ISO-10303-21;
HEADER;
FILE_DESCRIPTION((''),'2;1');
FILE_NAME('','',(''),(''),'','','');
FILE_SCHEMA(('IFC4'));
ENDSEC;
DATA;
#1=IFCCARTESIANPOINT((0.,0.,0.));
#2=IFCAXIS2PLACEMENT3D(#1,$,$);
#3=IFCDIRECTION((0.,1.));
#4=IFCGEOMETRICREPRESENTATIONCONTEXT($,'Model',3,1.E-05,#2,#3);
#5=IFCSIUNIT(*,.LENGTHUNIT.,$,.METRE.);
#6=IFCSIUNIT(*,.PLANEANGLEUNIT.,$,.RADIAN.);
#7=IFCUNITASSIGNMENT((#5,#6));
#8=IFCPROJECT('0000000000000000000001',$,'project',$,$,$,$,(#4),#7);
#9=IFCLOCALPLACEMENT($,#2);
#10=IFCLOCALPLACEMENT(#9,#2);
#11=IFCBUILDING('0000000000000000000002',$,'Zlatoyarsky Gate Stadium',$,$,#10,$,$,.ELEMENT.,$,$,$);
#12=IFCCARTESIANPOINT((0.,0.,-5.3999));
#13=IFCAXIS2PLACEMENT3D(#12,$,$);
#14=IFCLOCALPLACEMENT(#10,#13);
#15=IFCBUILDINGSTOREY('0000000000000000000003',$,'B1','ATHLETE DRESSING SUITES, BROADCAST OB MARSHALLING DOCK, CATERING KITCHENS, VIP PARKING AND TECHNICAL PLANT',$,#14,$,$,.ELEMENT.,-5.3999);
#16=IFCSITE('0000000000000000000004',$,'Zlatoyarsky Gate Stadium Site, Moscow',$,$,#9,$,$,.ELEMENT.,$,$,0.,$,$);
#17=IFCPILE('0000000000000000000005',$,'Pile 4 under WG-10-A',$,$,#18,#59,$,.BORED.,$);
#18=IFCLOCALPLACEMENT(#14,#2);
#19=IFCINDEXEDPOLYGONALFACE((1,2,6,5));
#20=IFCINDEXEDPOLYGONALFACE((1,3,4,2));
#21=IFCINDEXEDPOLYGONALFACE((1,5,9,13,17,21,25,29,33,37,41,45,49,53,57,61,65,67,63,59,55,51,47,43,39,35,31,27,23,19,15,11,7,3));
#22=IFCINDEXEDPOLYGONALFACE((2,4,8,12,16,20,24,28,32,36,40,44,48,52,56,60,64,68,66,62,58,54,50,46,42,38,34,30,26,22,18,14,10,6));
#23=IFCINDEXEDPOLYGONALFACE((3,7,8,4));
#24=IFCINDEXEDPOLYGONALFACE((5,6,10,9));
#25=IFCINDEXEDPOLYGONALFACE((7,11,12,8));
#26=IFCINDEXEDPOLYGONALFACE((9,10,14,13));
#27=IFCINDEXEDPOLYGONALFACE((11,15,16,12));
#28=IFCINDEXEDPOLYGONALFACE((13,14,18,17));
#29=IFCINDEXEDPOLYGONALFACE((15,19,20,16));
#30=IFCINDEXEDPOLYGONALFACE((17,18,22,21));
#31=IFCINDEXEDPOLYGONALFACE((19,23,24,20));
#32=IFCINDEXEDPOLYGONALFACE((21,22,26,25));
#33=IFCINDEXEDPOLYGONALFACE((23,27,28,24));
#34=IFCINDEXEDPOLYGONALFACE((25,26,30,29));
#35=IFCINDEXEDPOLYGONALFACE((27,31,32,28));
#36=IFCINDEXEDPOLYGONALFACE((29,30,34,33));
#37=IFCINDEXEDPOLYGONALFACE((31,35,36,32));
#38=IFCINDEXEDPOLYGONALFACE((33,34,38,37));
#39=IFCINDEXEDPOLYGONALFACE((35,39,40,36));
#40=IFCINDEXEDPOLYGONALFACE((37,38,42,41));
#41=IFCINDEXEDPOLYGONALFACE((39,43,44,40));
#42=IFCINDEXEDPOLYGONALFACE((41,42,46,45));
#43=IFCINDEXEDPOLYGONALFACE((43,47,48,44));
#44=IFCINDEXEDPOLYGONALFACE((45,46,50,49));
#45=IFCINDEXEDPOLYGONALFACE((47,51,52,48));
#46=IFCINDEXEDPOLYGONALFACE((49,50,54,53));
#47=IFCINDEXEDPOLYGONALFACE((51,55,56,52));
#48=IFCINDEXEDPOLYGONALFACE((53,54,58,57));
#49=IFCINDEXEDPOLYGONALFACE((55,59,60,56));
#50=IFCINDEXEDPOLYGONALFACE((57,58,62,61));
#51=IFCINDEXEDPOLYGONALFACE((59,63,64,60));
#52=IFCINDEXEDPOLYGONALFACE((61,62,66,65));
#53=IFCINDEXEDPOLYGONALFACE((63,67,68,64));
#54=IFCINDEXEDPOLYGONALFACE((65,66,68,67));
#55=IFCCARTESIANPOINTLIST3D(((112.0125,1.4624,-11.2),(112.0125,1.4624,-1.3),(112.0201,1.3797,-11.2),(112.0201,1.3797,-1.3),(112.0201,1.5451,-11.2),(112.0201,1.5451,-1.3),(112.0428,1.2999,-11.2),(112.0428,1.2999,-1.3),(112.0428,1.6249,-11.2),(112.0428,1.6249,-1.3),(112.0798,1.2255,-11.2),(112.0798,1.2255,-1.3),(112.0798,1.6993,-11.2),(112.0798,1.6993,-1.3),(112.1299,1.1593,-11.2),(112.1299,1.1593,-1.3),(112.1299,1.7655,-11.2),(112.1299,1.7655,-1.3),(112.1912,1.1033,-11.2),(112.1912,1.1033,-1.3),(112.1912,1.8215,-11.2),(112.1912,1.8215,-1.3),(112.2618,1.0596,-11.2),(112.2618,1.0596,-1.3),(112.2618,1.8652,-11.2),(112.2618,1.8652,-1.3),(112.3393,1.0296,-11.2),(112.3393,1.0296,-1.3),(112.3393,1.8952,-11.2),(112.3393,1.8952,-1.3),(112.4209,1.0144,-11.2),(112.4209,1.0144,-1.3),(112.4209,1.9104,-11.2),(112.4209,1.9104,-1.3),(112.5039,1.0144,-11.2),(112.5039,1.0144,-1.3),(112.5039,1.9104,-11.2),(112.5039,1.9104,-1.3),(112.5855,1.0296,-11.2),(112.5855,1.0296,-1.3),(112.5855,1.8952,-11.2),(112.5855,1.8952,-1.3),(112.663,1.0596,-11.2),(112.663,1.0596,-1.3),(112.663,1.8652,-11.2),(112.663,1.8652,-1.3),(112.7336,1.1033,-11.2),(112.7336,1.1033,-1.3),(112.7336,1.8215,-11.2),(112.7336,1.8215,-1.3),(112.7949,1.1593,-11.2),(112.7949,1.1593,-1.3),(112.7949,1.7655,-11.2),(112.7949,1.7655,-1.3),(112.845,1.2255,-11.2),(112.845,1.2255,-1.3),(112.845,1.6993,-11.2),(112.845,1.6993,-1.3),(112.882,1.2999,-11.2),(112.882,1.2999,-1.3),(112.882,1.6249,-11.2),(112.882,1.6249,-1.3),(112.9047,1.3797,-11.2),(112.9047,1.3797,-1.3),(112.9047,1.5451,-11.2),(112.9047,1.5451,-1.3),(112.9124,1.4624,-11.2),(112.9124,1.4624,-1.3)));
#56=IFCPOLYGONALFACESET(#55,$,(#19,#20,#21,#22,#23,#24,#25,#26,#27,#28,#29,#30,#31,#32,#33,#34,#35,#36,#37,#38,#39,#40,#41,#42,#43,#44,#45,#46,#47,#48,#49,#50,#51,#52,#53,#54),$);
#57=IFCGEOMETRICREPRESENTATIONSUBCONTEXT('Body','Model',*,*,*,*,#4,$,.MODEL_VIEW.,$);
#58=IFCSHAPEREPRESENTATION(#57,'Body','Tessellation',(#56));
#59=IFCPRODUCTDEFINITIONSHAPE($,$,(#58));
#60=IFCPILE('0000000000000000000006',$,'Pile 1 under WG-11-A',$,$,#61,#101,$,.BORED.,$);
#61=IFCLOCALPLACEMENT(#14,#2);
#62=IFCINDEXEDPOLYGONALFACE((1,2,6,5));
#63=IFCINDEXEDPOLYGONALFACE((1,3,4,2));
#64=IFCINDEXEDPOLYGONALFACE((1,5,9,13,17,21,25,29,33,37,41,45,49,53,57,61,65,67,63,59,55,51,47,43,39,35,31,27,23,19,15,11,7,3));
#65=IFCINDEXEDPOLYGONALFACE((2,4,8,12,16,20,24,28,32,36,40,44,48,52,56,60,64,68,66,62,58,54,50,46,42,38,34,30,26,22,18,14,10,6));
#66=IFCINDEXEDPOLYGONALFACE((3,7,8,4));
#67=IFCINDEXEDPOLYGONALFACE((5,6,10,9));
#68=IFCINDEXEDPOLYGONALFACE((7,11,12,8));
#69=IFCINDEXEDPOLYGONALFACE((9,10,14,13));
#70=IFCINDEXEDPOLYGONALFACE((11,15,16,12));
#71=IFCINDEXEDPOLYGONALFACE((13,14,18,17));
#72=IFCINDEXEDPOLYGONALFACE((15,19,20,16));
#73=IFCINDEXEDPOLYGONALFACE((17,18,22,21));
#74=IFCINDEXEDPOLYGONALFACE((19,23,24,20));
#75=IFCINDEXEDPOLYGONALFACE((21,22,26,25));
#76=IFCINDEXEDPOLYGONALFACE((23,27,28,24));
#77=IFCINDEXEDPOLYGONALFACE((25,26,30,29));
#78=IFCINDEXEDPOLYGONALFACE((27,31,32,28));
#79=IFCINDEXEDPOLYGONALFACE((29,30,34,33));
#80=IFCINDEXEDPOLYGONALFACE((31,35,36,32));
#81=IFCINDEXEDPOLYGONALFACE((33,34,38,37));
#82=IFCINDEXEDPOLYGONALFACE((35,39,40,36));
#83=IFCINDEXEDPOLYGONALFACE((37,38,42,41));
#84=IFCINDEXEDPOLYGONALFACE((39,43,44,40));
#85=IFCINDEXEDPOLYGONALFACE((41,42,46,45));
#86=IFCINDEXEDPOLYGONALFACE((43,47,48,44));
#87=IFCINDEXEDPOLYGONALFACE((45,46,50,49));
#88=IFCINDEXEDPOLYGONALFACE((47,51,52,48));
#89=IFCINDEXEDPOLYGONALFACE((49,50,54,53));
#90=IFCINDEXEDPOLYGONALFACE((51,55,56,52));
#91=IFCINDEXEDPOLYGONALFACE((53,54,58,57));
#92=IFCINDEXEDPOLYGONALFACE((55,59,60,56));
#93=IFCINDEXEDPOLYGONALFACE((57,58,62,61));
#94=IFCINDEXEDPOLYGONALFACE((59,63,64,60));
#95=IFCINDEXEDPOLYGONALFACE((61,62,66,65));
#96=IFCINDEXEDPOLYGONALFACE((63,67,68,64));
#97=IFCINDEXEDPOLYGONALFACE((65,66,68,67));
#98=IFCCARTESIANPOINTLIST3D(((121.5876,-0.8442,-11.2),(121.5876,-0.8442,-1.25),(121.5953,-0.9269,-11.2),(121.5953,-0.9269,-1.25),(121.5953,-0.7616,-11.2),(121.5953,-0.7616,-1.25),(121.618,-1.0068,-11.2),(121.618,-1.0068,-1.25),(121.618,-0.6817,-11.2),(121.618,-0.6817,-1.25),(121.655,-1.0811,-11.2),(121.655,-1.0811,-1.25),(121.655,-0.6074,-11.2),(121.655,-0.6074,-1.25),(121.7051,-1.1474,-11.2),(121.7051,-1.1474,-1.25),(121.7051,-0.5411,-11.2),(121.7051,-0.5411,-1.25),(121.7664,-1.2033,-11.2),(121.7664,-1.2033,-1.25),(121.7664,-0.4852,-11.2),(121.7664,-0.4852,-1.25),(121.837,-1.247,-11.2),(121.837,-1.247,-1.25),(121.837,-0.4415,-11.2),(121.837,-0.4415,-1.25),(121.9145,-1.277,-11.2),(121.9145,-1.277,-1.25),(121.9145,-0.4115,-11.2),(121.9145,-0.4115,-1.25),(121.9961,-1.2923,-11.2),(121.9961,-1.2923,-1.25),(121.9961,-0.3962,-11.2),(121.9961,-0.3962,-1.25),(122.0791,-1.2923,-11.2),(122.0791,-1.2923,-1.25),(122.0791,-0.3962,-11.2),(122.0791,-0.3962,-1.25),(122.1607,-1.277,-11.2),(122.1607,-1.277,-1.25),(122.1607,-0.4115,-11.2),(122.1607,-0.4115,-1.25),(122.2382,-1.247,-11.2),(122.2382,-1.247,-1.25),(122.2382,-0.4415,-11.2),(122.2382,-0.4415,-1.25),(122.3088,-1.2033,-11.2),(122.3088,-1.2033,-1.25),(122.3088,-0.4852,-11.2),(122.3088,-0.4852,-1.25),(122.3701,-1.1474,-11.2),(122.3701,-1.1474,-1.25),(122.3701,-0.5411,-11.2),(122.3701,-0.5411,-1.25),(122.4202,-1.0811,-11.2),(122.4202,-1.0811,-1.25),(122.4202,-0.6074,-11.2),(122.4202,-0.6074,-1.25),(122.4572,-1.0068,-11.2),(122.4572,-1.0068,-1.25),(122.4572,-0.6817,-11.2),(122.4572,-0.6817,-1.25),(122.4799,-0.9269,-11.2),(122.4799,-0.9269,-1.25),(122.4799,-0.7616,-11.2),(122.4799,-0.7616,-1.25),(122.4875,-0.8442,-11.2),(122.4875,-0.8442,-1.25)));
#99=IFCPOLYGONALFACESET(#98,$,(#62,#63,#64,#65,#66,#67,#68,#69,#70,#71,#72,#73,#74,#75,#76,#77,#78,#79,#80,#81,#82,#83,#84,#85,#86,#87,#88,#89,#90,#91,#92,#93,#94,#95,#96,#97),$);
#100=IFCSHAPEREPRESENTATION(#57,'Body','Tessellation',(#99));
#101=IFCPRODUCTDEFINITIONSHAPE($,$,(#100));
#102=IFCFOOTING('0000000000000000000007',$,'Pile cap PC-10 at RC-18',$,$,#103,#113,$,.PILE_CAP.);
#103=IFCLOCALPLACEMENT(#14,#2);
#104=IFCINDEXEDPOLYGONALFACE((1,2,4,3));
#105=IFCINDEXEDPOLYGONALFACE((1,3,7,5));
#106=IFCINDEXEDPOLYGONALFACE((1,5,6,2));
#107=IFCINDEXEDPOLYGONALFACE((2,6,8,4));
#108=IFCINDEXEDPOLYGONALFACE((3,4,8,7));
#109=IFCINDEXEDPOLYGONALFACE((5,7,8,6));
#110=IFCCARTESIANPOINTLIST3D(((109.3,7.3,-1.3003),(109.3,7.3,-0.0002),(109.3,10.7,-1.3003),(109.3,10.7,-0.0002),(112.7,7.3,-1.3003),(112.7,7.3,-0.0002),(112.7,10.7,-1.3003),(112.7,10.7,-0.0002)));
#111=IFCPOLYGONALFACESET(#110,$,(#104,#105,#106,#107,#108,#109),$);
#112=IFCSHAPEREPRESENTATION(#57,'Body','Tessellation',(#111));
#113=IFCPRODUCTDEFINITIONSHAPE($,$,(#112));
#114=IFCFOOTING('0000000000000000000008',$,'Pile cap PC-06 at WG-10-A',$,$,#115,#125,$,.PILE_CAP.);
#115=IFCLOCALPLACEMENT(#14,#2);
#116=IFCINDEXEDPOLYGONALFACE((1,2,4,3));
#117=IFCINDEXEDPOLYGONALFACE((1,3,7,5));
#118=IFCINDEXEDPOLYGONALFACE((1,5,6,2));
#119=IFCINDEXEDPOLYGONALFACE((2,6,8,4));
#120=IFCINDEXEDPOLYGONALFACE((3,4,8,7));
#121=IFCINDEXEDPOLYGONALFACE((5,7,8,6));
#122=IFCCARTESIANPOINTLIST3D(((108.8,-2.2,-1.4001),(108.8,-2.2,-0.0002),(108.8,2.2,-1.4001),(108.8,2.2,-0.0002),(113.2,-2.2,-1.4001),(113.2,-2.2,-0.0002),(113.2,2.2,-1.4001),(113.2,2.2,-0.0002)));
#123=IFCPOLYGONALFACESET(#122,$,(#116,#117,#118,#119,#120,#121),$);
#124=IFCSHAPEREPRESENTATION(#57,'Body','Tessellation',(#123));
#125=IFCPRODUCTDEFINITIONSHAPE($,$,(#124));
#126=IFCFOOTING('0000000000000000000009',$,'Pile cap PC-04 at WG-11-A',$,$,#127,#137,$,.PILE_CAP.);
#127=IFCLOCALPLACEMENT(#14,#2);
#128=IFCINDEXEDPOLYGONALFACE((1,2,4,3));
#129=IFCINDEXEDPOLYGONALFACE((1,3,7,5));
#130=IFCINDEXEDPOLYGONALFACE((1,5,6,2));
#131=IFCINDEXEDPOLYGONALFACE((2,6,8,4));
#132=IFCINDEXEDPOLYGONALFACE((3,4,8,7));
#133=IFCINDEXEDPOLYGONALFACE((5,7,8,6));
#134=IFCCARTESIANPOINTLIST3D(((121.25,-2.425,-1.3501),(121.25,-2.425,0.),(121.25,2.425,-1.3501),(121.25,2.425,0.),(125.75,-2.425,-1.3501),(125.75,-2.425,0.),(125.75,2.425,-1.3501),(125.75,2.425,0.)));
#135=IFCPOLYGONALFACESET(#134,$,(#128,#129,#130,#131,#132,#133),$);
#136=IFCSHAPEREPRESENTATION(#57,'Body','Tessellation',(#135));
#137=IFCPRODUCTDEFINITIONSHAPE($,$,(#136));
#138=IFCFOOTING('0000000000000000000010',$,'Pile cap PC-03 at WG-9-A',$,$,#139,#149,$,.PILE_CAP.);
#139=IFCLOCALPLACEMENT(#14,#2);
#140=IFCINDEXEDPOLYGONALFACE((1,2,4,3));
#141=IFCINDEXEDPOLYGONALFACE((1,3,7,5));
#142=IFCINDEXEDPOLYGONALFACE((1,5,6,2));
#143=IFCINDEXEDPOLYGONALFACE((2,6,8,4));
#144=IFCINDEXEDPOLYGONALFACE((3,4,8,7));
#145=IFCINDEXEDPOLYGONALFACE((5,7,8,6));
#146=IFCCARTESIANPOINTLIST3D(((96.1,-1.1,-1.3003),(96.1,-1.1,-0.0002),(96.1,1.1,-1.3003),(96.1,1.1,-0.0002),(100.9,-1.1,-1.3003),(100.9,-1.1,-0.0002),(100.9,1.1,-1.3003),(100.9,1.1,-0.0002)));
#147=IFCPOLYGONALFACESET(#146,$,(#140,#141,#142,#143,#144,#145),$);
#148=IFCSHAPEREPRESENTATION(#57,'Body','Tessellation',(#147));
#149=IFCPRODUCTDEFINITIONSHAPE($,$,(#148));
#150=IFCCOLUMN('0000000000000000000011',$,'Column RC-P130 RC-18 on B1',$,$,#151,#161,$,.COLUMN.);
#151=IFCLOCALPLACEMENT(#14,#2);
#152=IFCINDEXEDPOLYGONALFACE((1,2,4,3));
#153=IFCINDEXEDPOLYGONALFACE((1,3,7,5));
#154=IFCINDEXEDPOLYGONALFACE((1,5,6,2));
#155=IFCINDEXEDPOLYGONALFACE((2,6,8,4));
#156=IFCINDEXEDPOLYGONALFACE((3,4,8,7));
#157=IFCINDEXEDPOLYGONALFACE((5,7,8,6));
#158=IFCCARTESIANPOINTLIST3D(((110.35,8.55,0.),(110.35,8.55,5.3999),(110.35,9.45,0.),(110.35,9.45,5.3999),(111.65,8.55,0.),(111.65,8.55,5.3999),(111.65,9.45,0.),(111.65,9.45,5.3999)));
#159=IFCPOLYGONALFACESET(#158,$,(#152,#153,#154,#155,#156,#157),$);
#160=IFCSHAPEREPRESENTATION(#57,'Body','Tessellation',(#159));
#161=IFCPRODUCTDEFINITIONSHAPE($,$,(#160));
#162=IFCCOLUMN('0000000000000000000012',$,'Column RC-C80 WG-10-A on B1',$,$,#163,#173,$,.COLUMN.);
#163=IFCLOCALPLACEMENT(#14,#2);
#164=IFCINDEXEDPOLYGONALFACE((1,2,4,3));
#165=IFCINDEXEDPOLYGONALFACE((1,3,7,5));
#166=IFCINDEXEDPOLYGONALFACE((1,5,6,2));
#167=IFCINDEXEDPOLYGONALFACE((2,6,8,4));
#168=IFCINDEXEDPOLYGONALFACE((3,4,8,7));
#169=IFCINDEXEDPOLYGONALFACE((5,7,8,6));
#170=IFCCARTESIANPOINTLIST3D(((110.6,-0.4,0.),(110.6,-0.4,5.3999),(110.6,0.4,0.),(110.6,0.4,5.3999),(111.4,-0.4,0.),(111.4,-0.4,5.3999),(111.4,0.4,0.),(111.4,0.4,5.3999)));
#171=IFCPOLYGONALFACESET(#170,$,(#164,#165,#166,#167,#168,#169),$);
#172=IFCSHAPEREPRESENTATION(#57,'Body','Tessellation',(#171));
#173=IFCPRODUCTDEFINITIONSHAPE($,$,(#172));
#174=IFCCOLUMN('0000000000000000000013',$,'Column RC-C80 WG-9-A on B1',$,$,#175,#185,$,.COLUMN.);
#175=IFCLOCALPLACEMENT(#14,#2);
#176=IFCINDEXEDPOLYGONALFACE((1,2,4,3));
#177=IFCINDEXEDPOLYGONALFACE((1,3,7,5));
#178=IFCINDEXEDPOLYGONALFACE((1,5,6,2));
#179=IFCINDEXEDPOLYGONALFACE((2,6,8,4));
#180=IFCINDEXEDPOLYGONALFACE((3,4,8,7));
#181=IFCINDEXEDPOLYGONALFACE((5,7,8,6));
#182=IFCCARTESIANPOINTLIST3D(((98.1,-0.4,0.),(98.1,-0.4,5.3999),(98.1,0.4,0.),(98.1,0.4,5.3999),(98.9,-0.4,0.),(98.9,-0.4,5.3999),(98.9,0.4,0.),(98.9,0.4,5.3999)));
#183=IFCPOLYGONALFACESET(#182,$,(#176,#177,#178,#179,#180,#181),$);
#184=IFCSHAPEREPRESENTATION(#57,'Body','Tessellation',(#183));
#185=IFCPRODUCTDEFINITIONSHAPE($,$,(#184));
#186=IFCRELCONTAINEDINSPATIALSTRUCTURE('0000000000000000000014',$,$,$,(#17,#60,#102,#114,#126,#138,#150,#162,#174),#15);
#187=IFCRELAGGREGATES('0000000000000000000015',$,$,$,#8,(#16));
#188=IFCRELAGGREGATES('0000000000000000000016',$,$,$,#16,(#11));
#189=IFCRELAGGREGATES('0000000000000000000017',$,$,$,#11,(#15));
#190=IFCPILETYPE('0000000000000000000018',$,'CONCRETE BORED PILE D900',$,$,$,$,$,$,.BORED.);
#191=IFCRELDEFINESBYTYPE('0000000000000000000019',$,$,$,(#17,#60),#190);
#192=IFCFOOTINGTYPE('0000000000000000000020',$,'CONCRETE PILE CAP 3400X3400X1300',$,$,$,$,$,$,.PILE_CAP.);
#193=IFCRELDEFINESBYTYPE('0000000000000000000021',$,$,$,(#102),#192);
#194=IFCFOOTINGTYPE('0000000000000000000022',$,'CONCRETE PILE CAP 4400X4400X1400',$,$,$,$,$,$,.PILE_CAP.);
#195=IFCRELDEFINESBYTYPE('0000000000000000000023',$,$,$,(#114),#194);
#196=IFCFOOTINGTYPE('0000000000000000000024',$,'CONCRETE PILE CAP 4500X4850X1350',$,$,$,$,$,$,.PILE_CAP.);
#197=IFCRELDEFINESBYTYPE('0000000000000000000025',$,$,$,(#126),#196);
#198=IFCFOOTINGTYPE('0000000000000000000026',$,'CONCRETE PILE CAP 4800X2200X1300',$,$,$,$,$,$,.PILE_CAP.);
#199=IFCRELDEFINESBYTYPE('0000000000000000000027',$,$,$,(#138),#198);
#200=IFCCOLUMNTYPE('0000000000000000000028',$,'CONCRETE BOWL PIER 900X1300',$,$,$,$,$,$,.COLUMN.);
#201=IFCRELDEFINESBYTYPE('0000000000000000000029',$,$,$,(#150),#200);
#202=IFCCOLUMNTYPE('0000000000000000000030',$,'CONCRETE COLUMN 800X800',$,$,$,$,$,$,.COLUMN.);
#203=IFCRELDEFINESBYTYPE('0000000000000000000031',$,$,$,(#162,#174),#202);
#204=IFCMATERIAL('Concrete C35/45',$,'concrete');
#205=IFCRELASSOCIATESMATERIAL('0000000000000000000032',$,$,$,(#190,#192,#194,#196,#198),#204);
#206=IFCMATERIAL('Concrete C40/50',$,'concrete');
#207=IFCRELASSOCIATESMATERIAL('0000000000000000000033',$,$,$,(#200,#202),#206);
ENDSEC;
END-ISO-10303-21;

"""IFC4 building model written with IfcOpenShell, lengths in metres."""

from ifc_helpers import new_model, si_unit, direction, frame, origin, origin_2d, place, context, subcontext, project, spatial, rectangle, circle, extrude, material, material_profile, profile_set, type_object, element, save


model = new_model("IFC4")

# Units and contexts
model_context = context("Model", 3, precision=1e-05, world=origin(), true_north=direction((0.0, 1.0)))
body_context = subcontext(model_context, "Body", "Model", "MODEL_VIEW")
ifc_project = project(units=[si_unit("LENGTHUNIT", "METRE"), si_unit("PLANEANGLEUNIT", "RADIAN")], contexts=[model_context])

# Site, building, storey
site_placement = place(None, origin())
site = spatial("IfcSite", under=ifc_project, at=site_placement, Name="Zlatoyarsky Gate Stadium Site, Moscow", CompositionType="ELEMENT", RefElevation=0.0)
building_placement = place(site_placement, origin())
building = spatial("IfcBuilding", under=site, at=building_placement, Name="Zlatoyarsky Gate Stadium", CompositionType="ELEMENT")
storey_placement = place(building_placement, frame((0.0, 0.0, -5.3999)))
storey = spatial("IfcBuildingStorey", under=building, at=storey_placement, Name="B1", Description="ATHLETE DRESSING SUITES, BROADCAST OB MARSHALLING DOCK, CATERING KITCHENS, VIP PARKING AND TECHNICAL PLANT", CompositionType="ELEMENT", Elevation=-5.3999)

# Piles
ifc_material_1 = material(Name="Concrete C35/45", Category="concrete")
ifc_material_profile_1 = material_profile(ifc_material_1, circle(Radius=0.45, at=origin_2d()), Name="BORED PILE D900")
ifc_profile_set_1 = profile_set([ifc_material_profile_1], Name="Concrete C35/45")
pile_type_1 = type_object("IfcPileType", Name="CONCRETE BORED PILE D900", PredefinedType="BORED", material=ifc_profile_set_1)
for number, where, z_axis, x_axis, name in (
    (1, (112.4624, 1.4624, -1.3), (0.0, 0.0, -1.0), (1.0, 0.0, 0.0), "Pile 4 under WG-10-A"),
):
    element("IfcPile", number, at=place(storey_placement, frame(where, z_axis=z_axis, x_axis=x_axis)), inside=storey, type_object=pile_type_1, Name=name, PredefinedType="BORED", context=body_context, shape_type="SweptSolid", body=[
        extrude(circle(Radius=0.45, at=origin_2d()), origin(), (0.0, 0.0, 1.0), 9.8999),
    ])
pile_placement = place(storey_placement, frame((122.0376, -0.8442, -1.25), z_axis=(0.0, 0.0, -1.0), x_axis=(1.0, 0.0, 0.0)))
element("IfcPile", 2, at=pile_placement, inside=storey, type_object=pile_type_1, Name="Pile 1 under WG-11-A", PredefinedType="BORED", context=body_context, shape_type="SweptSolid", body=[
    extrude(circle(Radius=0.45, at=origin_2d()), origin(), (0.0, 0.0, 1.0), 9.95),
])

# Footings
footing_type_1 = type_object("IfcFootingType", Name="CONCRETE PILE CAP 3400X3400X1300", PredefinedType="PILE_CAP", material=ifc_material_1)
footing_1_placement = place(storey_placement, frame((111.0, 9.0, -1.3003), z_axis=(0.0, 0.0, 1.0), x_axis=(0.0, -1.0, 0.0)))
element("IfcFooting", 3, at=footing_1_placement, inside=storey, type_object=footing_type_1, Name="Pile cap PC-10 at RC-18", PredefinedType="PILE_CAP", context=body_context, shape_type="SweptSolid", body=[
    extrude(rectangle(XDim=3.3999, YDim=3.3999, at=origin_2d()), origin(), (0.0, 0.0, 1.0), 1.3),
])
footing_type_2 = type_object("IfcFootingType", Name="CONCRETE PILE CAP 4400X4400X1400", PredefinedType="PILE_CAP", material=ifc_material_1)
footing_2_placement = place(storey_placement, frame((111.0, 0.0, -1.4001), z_axis=(0.0, 0.0, 1.0), x_axis=(1.0, 0.0, 0.0)))
element("IfcFooting", 4, at=footing_2_placement, inside=storey, type_object=footing_type_2, Name="Pile cap PC-06 at WG-10-A", PredefinedType="PILE_CAP", context=body_context, shape_type="SweptSolid", body=[
    extrude(rectangle(XDim=4.3999, YDim=4.3999, at=origin_2d()), origin(), (0.0, 0.0, 1.0), 1.3999),
])
footing_type_3 = type_object("IfcFootingType", Name="CONCRETE PILE CAP 4500X4850X1350", PredefinedType="PILE_CAP", material=ifc_material_1)
footing_3_placement = place(storey_placement, frame((123.5, 0.0, -1.3501), z_axis=(0.0, 0.0, 1.0), x_axis=(1.0, 0.0, 0.0)))
element("IfcFooting", 5, at=footing_3_placement, inside=storey, type_object=footing_type_3, Name="Pile cap PC-04 at WG-11-A", PredefinedType="PILE_CAP", context=body_context, shape_type="SweptSolid", body=[
    extrude(rectangle(XDim=4.5, YDim=4.8501, at=origin_2d()), origin(), (0.0, 0.0, 1.0), 1.3501),
])
footing_type_4 = type_object("IfcFootingType", Name="CONCRETE PILE CAP 4800X2200X1300", PredefinedType="PILE_CAP", material=ifc_material_1)
footing_4_placement = place(storey_placement, frame((98.5, 0.0, -1.3003), z_axis=(0.0, 0.0, 1.0), x_axis=(1.0, 0.0, 0.0)))
element("IfcFooting", 6, at=footing_4_placement, inside=storey, type_object=footing_type_4, Name="Pile cap PC-03 at WG-9-A", PredefinedType="PILE_CAP", context=body_context, shape_type="SweptSolid", body=[
    extrude(rectangle(XDim=4.8, YDim=2.2, at=origin_2d()), origin(), (0.0, 0.0, 1.0), 1.3),
])

# Columns
ifc_material_2 = material(Name="Concrete C40/50", Category="concrete")
ifc_material_profile_2 = material_profile(ifc_material_2, rectangle(XDim=0.8999, YDim=1.3, at=origin_2d()), Name="RC PIER 900X1300")
ifc_profile_set_2 = profile_set([ifc_material_profile_2], Name="Concrete C40/50")
column_type_1 = type_object("IfcColumnType", Name="CONCRETE BOWL PIER 900X1300", PredefinedType="COLUMN", material=ifc_profile_set_2)
column_placement = place(storey_placement, frame((111.0, 9.0, 0.0), z_axis=(0.0, 0.0, 1.0), x_axis=(0.0, -1.0, 0.0)))
element("IfcColumn", 7, at=column_placement, inside=storey, type_object=column_type_1, Name="Column RC-P130 RC-18 on B1", PredefinedType="COLUMN", context=body_context, shape_type="SweptSolid", body=[
    extrude(rectangle(XDim=0.8999, YDim=1.3, at=origin_2d()), origin(), (0.0, 0.0, 1.0), 5.3999),
])
ifc_material_profile_3 = material_profile(ifc_material_2, rectangle(XDim=0.8, YDim=0.8, at=origin_2d()), Name="RC COL 800X800")
ifc_profile_set_3 = profile_set([ifc_material_profile_3], Name="Concrete C40/50")
column_type_2 = type_object("IfcColumnType", Name="CONCRETE COLUMN 800X800", PredefinedType="COLUMN", material=ifc_profile_set_3)
for number, where, z_axis, x_axis, name in (
    (8, (111.0, 0.0, 0.0), (0.0, 0.0, 1.0), (1.0, 0.0, 0.0), "Column RC-C80 WG-10-A on B1"),
    (9, (98.5, 0.0, 0.0), (0.0, 0.0, 1.0), (1.0, 0.0, 0.0), "Column RC-C80 WG-9-A on B1"),
):
    element("IfcColumn", number, at=place(storey_placement, frame(where, z_axis=z_axis, x_axis=x_axis)), inside=storey, type_object=column_type_2, Name=name, PredefinedType="COLUMN", context=body_context, shape_type="SweptSolid", body=[
        extrude(rectangle(XDim=0.8, YDim=0.8, at=origin_2d()), origin(), (0.0, 0.0, 1.0), 5.3999),
    ])

save(model, "model.ifc")
